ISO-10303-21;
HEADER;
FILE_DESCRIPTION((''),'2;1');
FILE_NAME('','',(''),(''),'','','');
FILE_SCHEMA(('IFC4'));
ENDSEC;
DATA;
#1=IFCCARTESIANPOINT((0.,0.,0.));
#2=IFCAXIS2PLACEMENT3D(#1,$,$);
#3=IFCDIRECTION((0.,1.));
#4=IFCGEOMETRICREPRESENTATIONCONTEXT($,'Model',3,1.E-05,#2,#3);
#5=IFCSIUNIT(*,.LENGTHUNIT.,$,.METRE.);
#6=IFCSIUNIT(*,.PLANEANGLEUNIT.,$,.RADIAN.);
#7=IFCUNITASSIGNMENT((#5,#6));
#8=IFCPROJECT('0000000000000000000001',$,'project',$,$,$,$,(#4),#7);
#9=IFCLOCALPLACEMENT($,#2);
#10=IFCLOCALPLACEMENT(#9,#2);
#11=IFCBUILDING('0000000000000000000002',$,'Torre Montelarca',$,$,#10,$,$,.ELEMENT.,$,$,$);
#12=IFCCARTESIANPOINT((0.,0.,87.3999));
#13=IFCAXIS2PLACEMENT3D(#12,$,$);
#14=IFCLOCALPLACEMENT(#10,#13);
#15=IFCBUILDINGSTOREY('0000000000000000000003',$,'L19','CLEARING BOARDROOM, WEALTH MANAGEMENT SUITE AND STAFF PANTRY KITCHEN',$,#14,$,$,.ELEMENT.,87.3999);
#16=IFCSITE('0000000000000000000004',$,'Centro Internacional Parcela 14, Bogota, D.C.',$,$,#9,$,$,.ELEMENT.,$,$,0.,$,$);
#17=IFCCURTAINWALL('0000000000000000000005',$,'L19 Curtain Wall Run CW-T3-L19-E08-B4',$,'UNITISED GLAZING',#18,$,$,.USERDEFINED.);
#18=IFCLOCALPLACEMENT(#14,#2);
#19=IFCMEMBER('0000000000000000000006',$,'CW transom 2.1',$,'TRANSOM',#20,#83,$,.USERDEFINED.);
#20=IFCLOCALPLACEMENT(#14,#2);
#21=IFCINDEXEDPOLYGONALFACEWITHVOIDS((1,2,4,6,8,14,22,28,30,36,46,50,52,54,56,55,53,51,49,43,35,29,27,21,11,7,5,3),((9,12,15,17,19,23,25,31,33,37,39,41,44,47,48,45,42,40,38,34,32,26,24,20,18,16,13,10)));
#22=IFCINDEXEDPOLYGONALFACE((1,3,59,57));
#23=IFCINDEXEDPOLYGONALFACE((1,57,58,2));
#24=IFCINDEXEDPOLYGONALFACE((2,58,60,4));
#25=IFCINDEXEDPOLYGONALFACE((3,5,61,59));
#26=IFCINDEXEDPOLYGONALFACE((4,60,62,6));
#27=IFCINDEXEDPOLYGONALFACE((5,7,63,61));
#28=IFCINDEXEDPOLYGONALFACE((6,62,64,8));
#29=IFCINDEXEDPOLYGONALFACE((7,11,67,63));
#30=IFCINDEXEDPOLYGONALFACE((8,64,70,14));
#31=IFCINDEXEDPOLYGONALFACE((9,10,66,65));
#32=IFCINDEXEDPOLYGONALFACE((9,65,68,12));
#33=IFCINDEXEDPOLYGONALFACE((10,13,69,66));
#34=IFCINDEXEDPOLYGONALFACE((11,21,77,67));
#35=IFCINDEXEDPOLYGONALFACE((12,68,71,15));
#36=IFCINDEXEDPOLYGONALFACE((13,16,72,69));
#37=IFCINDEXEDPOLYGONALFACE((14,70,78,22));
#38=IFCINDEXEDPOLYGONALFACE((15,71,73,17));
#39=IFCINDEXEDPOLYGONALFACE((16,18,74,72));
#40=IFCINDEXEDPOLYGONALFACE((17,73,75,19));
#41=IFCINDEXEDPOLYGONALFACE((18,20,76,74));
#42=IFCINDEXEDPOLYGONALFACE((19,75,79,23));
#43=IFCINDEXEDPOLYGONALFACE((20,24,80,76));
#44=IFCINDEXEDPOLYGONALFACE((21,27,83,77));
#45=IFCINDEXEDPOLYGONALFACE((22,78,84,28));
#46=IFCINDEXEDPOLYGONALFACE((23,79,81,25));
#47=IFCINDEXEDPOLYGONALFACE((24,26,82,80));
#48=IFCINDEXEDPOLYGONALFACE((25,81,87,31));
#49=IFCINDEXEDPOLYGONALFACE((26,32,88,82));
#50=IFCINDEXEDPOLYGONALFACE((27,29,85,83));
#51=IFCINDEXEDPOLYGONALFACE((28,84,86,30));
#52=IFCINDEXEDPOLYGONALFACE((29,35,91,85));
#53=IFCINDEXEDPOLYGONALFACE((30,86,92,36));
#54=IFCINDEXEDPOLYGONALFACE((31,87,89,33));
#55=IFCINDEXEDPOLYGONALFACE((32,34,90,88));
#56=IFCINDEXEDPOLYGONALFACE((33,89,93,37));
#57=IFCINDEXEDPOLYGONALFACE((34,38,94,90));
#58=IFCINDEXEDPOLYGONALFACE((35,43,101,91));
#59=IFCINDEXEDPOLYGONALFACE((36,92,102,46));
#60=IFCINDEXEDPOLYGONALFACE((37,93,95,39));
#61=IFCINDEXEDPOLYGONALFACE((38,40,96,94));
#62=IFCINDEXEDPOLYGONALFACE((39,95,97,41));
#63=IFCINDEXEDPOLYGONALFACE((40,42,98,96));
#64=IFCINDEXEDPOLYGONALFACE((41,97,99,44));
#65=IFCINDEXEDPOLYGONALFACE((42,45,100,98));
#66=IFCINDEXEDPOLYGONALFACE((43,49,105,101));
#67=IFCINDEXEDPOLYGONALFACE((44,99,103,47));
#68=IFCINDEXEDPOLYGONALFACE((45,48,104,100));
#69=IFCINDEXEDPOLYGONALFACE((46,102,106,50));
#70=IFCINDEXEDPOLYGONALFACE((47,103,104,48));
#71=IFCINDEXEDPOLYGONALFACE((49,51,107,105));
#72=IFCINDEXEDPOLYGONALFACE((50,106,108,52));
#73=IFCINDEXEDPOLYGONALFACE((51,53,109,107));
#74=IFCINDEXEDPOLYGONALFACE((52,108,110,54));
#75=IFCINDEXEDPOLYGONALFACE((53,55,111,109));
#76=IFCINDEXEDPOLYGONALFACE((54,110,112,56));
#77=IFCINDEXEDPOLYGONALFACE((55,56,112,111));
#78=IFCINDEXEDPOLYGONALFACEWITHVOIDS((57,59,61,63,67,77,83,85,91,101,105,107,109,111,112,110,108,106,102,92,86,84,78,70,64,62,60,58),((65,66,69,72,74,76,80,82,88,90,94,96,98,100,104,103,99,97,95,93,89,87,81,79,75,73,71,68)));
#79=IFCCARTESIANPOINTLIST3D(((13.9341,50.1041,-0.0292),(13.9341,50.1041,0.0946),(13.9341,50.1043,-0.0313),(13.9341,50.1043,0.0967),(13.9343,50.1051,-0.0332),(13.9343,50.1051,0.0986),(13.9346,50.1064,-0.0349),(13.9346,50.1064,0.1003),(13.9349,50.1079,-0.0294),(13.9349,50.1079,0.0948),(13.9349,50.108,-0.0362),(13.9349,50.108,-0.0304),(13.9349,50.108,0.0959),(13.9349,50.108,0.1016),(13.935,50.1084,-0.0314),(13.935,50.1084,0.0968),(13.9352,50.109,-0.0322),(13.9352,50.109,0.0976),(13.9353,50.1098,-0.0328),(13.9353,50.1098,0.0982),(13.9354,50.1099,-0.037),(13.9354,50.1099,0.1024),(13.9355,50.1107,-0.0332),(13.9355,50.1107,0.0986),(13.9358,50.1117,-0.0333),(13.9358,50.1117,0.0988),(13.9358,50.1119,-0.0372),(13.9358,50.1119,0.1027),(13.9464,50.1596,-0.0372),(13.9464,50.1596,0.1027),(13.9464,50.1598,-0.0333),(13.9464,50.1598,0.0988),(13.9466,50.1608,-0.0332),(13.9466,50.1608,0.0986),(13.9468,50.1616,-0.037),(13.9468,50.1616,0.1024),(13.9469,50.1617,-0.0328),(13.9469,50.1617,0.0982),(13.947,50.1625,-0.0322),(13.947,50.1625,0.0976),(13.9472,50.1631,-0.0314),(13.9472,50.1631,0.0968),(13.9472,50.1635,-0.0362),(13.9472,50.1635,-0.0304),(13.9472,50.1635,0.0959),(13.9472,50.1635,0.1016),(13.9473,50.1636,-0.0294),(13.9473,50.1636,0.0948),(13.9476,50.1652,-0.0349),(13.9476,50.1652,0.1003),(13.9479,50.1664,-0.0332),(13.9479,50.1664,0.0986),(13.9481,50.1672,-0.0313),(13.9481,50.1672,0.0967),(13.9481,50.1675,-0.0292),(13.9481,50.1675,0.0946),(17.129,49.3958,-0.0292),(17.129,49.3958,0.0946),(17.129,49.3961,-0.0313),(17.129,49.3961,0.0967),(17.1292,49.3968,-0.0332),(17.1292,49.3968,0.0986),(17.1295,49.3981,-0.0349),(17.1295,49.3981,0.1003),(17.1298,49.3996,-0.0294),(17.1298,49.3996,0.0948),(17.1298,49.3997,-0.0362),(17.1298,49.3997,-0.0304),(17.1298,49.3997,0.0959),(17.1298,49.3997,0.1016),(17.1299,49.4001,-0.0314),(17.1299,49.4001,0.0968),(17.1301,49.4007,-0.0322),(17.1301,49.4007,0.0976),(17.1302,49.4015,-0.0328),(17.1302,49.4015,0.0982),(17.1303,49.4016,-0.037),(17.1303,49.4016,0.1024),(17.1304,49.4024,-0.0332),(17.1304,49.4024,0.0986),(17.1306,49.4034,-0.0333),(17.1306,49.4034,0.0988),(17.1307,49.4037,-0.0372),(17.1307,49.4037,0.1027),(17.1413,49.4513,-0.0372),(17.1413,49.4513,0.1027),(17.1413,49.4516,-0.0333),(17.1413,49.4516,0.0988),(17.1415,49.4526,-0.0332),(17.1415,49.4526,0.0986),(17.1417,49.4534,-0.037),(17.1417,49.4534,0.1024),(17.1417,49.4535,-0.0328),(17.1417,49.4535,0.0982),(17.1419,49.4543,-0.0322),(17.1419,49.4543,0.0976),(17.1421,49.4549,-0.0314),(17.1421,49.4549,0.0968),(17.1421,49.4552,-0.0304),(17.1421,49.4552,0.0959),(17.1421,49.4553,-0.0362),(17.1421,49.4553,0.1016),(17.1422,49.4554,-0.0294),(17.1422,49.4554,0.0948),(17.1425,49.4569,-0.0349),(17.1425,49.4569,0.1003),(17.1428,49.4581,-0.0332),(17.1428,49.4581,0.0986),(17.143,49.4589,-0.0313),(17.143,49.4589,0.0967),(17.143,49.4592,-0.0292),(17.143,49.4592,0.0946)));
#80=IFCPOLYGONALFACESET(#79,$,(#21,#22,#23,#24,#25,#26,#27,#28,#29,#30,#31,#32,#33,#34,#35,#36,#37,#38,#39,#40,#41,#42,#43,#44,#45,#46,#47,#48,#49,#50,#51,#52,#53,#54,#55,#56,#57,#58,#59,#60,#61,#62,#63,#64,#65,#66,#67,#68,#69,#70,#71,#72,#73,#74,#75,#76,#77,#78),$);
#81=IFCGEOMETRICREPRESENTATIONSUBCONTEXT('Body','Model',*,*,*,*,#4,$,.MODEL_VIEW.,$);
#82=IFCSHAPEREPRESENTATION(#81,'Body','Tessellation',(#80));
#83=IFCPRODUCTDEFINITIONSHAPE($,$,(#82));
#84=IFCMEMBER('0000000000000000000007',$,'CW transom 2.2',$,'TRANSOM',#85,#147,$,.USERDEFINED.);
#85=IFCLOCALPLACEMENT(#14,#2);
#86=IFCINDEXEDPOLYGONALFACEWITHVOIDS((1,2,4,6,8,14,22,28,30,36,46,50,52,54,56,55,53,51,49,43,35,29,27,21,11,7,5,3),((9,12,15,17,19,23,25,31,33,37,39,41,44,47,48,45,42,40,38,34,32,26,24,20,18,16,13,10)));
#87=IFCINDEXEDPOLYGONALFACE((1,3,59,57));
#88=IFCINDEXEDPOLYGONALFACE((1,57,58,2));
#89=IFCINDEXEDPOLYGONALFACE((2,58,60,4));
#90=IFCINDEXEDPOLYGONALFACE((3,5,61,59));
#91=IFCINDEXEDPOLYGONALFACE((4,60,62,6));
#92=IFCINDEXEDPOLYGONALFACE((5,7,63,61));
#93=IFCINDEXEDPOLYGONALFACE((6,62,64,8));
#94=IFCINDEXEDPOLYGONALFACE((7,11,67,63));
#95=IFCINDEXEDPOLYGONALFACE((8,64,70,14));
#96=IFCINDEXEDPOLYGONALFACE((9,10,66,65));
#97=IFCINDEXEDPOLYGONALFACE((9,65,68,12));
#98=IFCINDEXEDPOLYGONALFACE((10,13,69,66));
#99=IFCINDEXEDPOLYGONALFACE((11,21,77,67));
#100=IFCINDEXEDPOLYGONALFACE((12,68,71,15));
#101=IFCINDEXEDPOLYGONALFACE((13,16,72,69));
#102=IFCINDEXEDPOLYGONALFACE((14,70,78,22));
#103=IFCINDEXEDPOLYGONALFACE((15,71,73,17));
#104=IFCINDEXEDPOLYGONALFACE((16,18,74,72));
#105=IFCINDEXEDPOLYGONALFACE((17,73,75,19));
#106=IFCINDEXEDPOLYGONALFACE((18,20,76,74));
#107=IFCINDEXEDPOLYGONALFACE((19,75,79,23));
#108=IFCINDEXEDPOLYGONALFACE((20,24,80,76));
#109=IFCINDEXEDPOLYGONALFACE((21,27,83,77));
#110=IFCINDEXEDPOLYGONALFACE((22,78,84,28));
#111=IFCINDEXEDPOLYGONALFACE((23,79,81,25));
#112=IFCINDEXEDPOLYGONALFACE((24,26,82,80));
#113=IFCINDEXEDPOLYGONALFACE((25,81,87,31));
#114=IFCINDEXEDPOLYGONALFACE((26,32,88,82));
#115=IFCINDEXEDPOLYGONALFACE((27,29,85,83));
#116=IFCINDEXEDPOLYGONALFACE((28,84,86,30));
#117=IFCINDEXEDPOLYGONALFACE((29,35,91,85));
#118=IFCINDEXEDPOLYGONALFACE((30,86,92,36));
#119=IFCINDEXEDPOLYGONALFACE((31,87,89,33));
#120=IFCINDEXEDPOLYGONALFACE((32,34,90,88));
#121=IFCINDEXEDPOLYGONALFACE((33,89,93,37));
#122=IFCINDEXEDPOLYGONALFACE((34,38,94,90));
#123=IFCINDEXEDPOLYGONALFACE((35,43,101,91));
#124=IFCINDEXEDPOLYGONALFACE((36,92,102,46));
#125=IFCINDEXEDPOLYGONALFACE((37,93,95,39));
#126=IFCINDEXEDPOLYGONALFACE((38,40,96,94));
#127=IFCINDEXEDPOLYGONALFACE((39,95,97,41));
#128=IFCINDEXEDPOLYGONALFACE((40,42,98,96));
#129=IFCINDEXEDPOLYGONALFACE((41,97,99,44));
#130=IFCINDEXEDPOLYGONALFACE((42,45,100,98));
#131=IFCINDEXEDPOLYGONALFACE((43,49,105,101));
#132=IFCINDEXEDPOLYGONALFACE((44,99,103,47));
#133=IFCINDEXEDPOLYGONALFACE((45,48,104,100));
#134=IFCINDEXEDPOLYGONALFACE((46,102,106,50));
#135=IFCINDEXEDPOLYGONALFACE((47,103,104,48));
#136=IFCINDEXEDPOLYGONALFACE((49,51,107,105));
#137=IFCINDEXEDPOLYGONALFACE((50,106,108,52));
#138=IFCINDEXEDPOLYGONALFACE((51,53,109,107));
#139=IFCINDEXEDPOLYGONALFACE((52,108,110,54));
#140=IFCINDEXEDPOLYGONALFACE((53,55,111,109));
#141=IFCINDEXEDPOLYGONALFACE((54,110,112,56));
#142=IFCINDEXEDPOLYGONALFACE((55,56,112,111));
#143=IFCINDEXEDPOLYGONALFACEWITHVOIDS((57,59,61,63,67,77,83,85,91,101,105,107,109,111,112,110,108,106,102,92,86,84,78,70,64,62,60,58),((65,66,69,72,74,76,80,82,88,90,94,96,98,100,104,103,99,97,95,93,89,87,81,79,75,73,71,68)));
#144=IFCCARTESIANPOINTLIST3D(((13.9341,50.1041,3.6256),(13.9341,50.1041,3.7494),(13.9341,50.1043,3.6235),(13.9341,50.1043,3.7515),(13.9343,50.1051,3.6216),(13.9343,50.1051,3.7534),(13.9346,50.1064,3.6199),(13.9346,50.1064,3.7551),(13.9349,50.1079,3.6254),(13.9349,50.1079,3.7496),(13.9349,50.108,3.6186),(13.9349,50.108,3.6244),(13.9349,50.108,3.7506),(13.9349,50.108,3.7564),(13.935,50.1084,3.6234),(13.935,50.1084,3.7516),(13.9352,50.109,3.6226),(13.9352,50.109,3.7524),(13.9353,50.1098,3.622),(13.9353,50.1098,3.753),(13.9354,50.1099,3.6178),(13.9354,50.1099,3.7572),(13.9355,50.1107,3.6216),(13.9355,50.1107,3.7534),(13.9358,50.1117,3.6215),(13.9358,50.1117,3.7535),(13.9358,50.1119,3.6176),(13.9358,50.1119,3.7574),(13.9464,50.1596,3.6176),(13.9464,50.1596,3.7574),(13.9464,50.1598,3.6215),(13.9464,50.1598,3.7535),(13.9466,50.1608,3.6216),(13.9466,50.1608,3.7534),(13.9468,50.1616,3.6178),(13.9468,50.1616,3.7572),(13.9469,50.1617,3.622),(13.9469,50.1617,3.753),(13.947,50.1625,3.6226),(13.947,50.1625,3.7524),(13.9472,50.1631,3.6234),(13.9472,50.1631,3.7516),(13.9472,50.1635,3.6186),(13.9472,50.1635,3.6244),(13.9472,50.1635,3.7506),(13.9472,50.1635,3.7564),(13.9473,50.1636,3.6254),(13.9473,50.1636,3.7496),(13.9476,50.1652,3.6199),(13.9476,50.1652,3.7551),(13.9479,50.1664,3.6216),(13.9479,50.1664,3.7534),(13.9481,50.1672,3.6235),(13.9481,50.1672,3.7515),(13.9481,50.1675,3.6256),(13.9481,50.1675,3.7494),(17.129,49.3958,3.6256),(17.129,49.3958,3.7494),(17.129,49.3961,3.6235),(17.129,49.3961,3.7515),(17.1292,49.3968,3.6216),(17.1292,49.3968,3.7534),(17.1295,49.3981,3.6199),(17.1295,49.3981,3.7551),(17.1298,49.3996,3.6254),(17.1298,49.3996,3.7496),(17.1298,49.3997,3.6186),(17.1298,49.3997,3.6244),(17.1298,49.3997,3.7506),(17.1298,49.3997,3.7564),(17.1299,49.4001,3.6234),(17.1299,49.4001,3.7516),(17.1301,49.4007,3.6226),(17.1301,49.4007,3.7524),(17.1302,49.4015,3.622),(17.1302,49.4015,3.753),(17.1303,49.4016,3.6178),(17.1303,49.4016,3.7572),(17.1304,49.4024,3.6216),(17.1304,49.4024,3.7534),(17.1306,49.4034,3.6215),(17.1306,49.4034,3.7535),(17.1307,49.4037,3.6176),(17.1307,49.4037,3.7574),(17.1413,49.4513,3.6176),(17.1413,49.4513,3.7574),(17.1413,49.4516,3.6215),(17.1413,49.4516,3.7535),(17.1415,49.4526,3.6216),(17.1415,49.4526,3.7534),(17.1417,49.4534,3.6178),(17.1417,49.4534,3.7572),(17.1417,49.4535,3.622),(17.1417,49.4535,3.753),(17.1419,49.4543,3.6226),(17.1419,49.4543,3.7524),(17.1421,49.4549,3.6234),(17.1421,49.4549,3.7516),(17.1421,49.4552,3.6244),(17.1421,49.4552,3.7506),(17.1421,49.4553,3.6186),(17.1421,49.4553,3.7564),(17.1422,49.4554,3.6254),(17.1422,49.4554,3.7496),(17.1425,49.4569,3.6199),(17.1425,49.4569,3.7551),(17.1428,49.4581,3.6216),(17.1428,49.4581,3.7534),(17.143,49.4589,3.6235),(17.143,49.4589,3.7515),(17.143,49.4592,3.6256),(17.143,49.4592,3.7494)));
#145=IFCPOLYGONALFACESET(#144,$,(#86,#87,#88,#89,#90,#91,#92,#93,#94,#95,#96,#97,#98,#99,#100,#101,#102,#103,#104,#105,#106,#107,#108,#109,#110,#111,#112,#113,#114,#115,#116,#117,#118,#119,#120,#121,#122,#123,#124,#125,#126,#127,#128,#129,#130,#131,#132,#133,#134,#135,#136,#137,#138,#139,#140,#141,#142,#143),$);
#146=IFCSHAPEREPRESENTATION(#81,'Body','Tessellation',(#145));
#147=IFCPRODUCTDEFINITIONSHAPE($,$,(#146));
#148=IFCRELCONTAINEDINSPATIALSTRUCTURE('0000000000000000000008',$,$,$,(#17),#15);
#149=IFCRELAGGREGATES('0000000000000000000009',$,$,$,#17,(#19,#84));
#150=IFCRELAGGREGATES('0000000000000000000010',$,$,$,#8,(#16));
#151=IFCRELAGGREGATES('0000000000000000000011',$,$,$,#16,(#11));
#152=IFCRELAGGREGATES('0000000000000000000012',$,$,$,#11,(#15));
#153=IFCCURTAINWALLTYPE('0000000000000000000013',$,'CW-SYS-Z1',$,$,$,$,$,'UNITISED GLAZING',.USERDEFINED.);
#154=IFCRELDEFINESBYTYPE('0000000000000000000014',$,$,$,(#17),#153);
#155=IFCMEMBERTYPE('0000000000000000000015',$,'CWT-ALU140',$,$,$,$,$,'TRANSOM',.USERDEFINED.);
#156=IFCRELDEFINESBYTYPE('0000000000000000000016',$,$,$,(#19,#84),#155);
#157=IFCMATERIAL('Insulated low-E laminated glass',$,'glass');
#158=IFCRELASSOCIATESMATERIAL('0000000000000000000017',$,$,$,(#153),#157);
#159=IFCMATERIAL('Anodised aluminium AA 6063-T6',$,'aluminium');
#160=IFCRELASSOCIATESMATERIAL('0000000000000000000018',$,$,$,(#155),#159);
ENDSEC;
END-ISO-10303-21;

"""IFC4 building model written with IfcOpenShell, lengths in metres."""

from ifc_helpers import new_model, si_unit, direction, frame, origin, origin_2d, place, context, subcontext, project, spatial, hollow_rectangle, extrude, source, transform, mapped, material, material_profile, profile_set, type_object, element, aggregate, save


model = new_model("IFC4")

# Units and contexts
model_context = context("Model", 3, precision=1e-05, world=origin(), true_north=direction((0.0, 1.0)))
body_context = subcontext(model_context, "Body", "Model", "MODEL_VIEW")
ifc_project = project(units=[si_unit("LENGTHUNIT", "METRE"), si_unit("PLANEANGLEUNIT", "RADIAN")], contexts=[model_context])

# Site, building, storey
site_placement = place(None, origin())
site = spatial("IfcSite", under=ifc_project, at=site_placement, Name="Centro Internacional Parcela 14, Bogota, D.C.", CompositionType="ELEMENT", RefElevation=0.0)
building_placement = place(site_placement, origin())
building = spatial("IfcBuilding", under=site, at=building_placement, Name="Torre Montelarca", CompositionType="ELEMENT")
storey_placement = place(building_placement, frame((0.0, 0.0, 87.3999)))
storey = spatial("IfcBuildingStorey", under=building, at=storey_placement, Name="L19", Description="CLEARING BOARDROOM, WEALTH MANAGEMENT SUITE AND STAFF PANTRY KITCHEN", CompositionType="ELEMENT", Elevation=87.3999)

# Curtain wall, members
ifc_material_1 = material(Name="Insulated low-E laminated glass", Category="glass")
curtain_wall_type = type_object("IfcCurtainWallType", Name="CW-SYS-Z1", ElementType="UNITISED GLAZING", PredefinedType="USERDEFINED", material=ifc_material_1)
curtain_wall_1_placement = place(storey_placement, origin())
curtain_wall_1 = element("IfcCurtainWall", 1, at=curtain_wall_1_placement, inside=storey, type_object=curtain_wall_type, Name="L19 Curtain Wall Run CW-T3-L19-E08-B4", ObjectType="UNITISED GLAZING", PredefinedType="USERDEFINED")
ifc_material_2 = material(Name="Anodised aluminium AA 6063-T6", Category="aluminium")
ifc_material_profile_1 = material_profile(ifc_material_2, hollow_rectangle(XDim=0.0649, YDim=0.1399, WallThickness=0.0039, InnerFilletRadius=0.0039, OuterFilletRadius=0.0081, at=origin_2d()), Name="ALU65X140X4", Category="aluminium")
ifc_profile_set_1 = profile_set([ifc_material_profile_1], Name="Anodised aluminium AA 6063-T6")
member_type_1 = type_object("IfcMemberType", Name="CWT-ALU140", ElementType="TRANSOM", PredefinedType="USERDEFINED", material=ifc_profile_set_1)
shared_shape_1 = source(origin(), body_context, "Body", "SweptSolid", [
    extrude(hollow_rectangle(XDim=0.0649, YDim=0.1399, WallThickness=0.0039, InnerFilletRadius=0.0039, OuterFilletRadius=0.0081, at=origin_2d()), origin(), (0.0, 0.0, 1.0), 3.2725),
])
member_1_placement = place(storey_placement, frame((17.136, 49.4275, 0.0327), z_axis=(-0.976298, 0.216433, 0.0), x_axis=(-0.216433, -0.976298, 0.0)))
member_1 = element("IfcMember", 2, at=member_1_placement, type_object=member_type_1, Name="CW transom 2.1", ObjectType="TRANSOM", PredefinedType="USERDEFINED", context=body_context, shape_type="MappedRepresentation", body=[
    mapped(shared_shape_1, transform((0.0, 0.0, 0.0), scale=1.0)),
])
member_2_placement = place(storey_placement, frame((17.136, 49.4275, 3.6875), z_axis=(-0.976298, 0.216433, 0.0), x_axis=(-0.216433, -0.976298, 0.0)))
member_2 = element("IfcMember", 3, at=member_2_placement, type_object=member_type_1, Name="CW transom 2.2", ObjectType="TRANSOM", PredefinedType="USERDEFINED", context=body_context, shape_type="MappedRepresentation", body=[
    mapped(shared_shape_1, transform((0.0, 0.0, 0.0), scale=1.0)),
])

aggregate(curtain_wall_1, [member_1, member_2])

save(model, "model.ifc")
